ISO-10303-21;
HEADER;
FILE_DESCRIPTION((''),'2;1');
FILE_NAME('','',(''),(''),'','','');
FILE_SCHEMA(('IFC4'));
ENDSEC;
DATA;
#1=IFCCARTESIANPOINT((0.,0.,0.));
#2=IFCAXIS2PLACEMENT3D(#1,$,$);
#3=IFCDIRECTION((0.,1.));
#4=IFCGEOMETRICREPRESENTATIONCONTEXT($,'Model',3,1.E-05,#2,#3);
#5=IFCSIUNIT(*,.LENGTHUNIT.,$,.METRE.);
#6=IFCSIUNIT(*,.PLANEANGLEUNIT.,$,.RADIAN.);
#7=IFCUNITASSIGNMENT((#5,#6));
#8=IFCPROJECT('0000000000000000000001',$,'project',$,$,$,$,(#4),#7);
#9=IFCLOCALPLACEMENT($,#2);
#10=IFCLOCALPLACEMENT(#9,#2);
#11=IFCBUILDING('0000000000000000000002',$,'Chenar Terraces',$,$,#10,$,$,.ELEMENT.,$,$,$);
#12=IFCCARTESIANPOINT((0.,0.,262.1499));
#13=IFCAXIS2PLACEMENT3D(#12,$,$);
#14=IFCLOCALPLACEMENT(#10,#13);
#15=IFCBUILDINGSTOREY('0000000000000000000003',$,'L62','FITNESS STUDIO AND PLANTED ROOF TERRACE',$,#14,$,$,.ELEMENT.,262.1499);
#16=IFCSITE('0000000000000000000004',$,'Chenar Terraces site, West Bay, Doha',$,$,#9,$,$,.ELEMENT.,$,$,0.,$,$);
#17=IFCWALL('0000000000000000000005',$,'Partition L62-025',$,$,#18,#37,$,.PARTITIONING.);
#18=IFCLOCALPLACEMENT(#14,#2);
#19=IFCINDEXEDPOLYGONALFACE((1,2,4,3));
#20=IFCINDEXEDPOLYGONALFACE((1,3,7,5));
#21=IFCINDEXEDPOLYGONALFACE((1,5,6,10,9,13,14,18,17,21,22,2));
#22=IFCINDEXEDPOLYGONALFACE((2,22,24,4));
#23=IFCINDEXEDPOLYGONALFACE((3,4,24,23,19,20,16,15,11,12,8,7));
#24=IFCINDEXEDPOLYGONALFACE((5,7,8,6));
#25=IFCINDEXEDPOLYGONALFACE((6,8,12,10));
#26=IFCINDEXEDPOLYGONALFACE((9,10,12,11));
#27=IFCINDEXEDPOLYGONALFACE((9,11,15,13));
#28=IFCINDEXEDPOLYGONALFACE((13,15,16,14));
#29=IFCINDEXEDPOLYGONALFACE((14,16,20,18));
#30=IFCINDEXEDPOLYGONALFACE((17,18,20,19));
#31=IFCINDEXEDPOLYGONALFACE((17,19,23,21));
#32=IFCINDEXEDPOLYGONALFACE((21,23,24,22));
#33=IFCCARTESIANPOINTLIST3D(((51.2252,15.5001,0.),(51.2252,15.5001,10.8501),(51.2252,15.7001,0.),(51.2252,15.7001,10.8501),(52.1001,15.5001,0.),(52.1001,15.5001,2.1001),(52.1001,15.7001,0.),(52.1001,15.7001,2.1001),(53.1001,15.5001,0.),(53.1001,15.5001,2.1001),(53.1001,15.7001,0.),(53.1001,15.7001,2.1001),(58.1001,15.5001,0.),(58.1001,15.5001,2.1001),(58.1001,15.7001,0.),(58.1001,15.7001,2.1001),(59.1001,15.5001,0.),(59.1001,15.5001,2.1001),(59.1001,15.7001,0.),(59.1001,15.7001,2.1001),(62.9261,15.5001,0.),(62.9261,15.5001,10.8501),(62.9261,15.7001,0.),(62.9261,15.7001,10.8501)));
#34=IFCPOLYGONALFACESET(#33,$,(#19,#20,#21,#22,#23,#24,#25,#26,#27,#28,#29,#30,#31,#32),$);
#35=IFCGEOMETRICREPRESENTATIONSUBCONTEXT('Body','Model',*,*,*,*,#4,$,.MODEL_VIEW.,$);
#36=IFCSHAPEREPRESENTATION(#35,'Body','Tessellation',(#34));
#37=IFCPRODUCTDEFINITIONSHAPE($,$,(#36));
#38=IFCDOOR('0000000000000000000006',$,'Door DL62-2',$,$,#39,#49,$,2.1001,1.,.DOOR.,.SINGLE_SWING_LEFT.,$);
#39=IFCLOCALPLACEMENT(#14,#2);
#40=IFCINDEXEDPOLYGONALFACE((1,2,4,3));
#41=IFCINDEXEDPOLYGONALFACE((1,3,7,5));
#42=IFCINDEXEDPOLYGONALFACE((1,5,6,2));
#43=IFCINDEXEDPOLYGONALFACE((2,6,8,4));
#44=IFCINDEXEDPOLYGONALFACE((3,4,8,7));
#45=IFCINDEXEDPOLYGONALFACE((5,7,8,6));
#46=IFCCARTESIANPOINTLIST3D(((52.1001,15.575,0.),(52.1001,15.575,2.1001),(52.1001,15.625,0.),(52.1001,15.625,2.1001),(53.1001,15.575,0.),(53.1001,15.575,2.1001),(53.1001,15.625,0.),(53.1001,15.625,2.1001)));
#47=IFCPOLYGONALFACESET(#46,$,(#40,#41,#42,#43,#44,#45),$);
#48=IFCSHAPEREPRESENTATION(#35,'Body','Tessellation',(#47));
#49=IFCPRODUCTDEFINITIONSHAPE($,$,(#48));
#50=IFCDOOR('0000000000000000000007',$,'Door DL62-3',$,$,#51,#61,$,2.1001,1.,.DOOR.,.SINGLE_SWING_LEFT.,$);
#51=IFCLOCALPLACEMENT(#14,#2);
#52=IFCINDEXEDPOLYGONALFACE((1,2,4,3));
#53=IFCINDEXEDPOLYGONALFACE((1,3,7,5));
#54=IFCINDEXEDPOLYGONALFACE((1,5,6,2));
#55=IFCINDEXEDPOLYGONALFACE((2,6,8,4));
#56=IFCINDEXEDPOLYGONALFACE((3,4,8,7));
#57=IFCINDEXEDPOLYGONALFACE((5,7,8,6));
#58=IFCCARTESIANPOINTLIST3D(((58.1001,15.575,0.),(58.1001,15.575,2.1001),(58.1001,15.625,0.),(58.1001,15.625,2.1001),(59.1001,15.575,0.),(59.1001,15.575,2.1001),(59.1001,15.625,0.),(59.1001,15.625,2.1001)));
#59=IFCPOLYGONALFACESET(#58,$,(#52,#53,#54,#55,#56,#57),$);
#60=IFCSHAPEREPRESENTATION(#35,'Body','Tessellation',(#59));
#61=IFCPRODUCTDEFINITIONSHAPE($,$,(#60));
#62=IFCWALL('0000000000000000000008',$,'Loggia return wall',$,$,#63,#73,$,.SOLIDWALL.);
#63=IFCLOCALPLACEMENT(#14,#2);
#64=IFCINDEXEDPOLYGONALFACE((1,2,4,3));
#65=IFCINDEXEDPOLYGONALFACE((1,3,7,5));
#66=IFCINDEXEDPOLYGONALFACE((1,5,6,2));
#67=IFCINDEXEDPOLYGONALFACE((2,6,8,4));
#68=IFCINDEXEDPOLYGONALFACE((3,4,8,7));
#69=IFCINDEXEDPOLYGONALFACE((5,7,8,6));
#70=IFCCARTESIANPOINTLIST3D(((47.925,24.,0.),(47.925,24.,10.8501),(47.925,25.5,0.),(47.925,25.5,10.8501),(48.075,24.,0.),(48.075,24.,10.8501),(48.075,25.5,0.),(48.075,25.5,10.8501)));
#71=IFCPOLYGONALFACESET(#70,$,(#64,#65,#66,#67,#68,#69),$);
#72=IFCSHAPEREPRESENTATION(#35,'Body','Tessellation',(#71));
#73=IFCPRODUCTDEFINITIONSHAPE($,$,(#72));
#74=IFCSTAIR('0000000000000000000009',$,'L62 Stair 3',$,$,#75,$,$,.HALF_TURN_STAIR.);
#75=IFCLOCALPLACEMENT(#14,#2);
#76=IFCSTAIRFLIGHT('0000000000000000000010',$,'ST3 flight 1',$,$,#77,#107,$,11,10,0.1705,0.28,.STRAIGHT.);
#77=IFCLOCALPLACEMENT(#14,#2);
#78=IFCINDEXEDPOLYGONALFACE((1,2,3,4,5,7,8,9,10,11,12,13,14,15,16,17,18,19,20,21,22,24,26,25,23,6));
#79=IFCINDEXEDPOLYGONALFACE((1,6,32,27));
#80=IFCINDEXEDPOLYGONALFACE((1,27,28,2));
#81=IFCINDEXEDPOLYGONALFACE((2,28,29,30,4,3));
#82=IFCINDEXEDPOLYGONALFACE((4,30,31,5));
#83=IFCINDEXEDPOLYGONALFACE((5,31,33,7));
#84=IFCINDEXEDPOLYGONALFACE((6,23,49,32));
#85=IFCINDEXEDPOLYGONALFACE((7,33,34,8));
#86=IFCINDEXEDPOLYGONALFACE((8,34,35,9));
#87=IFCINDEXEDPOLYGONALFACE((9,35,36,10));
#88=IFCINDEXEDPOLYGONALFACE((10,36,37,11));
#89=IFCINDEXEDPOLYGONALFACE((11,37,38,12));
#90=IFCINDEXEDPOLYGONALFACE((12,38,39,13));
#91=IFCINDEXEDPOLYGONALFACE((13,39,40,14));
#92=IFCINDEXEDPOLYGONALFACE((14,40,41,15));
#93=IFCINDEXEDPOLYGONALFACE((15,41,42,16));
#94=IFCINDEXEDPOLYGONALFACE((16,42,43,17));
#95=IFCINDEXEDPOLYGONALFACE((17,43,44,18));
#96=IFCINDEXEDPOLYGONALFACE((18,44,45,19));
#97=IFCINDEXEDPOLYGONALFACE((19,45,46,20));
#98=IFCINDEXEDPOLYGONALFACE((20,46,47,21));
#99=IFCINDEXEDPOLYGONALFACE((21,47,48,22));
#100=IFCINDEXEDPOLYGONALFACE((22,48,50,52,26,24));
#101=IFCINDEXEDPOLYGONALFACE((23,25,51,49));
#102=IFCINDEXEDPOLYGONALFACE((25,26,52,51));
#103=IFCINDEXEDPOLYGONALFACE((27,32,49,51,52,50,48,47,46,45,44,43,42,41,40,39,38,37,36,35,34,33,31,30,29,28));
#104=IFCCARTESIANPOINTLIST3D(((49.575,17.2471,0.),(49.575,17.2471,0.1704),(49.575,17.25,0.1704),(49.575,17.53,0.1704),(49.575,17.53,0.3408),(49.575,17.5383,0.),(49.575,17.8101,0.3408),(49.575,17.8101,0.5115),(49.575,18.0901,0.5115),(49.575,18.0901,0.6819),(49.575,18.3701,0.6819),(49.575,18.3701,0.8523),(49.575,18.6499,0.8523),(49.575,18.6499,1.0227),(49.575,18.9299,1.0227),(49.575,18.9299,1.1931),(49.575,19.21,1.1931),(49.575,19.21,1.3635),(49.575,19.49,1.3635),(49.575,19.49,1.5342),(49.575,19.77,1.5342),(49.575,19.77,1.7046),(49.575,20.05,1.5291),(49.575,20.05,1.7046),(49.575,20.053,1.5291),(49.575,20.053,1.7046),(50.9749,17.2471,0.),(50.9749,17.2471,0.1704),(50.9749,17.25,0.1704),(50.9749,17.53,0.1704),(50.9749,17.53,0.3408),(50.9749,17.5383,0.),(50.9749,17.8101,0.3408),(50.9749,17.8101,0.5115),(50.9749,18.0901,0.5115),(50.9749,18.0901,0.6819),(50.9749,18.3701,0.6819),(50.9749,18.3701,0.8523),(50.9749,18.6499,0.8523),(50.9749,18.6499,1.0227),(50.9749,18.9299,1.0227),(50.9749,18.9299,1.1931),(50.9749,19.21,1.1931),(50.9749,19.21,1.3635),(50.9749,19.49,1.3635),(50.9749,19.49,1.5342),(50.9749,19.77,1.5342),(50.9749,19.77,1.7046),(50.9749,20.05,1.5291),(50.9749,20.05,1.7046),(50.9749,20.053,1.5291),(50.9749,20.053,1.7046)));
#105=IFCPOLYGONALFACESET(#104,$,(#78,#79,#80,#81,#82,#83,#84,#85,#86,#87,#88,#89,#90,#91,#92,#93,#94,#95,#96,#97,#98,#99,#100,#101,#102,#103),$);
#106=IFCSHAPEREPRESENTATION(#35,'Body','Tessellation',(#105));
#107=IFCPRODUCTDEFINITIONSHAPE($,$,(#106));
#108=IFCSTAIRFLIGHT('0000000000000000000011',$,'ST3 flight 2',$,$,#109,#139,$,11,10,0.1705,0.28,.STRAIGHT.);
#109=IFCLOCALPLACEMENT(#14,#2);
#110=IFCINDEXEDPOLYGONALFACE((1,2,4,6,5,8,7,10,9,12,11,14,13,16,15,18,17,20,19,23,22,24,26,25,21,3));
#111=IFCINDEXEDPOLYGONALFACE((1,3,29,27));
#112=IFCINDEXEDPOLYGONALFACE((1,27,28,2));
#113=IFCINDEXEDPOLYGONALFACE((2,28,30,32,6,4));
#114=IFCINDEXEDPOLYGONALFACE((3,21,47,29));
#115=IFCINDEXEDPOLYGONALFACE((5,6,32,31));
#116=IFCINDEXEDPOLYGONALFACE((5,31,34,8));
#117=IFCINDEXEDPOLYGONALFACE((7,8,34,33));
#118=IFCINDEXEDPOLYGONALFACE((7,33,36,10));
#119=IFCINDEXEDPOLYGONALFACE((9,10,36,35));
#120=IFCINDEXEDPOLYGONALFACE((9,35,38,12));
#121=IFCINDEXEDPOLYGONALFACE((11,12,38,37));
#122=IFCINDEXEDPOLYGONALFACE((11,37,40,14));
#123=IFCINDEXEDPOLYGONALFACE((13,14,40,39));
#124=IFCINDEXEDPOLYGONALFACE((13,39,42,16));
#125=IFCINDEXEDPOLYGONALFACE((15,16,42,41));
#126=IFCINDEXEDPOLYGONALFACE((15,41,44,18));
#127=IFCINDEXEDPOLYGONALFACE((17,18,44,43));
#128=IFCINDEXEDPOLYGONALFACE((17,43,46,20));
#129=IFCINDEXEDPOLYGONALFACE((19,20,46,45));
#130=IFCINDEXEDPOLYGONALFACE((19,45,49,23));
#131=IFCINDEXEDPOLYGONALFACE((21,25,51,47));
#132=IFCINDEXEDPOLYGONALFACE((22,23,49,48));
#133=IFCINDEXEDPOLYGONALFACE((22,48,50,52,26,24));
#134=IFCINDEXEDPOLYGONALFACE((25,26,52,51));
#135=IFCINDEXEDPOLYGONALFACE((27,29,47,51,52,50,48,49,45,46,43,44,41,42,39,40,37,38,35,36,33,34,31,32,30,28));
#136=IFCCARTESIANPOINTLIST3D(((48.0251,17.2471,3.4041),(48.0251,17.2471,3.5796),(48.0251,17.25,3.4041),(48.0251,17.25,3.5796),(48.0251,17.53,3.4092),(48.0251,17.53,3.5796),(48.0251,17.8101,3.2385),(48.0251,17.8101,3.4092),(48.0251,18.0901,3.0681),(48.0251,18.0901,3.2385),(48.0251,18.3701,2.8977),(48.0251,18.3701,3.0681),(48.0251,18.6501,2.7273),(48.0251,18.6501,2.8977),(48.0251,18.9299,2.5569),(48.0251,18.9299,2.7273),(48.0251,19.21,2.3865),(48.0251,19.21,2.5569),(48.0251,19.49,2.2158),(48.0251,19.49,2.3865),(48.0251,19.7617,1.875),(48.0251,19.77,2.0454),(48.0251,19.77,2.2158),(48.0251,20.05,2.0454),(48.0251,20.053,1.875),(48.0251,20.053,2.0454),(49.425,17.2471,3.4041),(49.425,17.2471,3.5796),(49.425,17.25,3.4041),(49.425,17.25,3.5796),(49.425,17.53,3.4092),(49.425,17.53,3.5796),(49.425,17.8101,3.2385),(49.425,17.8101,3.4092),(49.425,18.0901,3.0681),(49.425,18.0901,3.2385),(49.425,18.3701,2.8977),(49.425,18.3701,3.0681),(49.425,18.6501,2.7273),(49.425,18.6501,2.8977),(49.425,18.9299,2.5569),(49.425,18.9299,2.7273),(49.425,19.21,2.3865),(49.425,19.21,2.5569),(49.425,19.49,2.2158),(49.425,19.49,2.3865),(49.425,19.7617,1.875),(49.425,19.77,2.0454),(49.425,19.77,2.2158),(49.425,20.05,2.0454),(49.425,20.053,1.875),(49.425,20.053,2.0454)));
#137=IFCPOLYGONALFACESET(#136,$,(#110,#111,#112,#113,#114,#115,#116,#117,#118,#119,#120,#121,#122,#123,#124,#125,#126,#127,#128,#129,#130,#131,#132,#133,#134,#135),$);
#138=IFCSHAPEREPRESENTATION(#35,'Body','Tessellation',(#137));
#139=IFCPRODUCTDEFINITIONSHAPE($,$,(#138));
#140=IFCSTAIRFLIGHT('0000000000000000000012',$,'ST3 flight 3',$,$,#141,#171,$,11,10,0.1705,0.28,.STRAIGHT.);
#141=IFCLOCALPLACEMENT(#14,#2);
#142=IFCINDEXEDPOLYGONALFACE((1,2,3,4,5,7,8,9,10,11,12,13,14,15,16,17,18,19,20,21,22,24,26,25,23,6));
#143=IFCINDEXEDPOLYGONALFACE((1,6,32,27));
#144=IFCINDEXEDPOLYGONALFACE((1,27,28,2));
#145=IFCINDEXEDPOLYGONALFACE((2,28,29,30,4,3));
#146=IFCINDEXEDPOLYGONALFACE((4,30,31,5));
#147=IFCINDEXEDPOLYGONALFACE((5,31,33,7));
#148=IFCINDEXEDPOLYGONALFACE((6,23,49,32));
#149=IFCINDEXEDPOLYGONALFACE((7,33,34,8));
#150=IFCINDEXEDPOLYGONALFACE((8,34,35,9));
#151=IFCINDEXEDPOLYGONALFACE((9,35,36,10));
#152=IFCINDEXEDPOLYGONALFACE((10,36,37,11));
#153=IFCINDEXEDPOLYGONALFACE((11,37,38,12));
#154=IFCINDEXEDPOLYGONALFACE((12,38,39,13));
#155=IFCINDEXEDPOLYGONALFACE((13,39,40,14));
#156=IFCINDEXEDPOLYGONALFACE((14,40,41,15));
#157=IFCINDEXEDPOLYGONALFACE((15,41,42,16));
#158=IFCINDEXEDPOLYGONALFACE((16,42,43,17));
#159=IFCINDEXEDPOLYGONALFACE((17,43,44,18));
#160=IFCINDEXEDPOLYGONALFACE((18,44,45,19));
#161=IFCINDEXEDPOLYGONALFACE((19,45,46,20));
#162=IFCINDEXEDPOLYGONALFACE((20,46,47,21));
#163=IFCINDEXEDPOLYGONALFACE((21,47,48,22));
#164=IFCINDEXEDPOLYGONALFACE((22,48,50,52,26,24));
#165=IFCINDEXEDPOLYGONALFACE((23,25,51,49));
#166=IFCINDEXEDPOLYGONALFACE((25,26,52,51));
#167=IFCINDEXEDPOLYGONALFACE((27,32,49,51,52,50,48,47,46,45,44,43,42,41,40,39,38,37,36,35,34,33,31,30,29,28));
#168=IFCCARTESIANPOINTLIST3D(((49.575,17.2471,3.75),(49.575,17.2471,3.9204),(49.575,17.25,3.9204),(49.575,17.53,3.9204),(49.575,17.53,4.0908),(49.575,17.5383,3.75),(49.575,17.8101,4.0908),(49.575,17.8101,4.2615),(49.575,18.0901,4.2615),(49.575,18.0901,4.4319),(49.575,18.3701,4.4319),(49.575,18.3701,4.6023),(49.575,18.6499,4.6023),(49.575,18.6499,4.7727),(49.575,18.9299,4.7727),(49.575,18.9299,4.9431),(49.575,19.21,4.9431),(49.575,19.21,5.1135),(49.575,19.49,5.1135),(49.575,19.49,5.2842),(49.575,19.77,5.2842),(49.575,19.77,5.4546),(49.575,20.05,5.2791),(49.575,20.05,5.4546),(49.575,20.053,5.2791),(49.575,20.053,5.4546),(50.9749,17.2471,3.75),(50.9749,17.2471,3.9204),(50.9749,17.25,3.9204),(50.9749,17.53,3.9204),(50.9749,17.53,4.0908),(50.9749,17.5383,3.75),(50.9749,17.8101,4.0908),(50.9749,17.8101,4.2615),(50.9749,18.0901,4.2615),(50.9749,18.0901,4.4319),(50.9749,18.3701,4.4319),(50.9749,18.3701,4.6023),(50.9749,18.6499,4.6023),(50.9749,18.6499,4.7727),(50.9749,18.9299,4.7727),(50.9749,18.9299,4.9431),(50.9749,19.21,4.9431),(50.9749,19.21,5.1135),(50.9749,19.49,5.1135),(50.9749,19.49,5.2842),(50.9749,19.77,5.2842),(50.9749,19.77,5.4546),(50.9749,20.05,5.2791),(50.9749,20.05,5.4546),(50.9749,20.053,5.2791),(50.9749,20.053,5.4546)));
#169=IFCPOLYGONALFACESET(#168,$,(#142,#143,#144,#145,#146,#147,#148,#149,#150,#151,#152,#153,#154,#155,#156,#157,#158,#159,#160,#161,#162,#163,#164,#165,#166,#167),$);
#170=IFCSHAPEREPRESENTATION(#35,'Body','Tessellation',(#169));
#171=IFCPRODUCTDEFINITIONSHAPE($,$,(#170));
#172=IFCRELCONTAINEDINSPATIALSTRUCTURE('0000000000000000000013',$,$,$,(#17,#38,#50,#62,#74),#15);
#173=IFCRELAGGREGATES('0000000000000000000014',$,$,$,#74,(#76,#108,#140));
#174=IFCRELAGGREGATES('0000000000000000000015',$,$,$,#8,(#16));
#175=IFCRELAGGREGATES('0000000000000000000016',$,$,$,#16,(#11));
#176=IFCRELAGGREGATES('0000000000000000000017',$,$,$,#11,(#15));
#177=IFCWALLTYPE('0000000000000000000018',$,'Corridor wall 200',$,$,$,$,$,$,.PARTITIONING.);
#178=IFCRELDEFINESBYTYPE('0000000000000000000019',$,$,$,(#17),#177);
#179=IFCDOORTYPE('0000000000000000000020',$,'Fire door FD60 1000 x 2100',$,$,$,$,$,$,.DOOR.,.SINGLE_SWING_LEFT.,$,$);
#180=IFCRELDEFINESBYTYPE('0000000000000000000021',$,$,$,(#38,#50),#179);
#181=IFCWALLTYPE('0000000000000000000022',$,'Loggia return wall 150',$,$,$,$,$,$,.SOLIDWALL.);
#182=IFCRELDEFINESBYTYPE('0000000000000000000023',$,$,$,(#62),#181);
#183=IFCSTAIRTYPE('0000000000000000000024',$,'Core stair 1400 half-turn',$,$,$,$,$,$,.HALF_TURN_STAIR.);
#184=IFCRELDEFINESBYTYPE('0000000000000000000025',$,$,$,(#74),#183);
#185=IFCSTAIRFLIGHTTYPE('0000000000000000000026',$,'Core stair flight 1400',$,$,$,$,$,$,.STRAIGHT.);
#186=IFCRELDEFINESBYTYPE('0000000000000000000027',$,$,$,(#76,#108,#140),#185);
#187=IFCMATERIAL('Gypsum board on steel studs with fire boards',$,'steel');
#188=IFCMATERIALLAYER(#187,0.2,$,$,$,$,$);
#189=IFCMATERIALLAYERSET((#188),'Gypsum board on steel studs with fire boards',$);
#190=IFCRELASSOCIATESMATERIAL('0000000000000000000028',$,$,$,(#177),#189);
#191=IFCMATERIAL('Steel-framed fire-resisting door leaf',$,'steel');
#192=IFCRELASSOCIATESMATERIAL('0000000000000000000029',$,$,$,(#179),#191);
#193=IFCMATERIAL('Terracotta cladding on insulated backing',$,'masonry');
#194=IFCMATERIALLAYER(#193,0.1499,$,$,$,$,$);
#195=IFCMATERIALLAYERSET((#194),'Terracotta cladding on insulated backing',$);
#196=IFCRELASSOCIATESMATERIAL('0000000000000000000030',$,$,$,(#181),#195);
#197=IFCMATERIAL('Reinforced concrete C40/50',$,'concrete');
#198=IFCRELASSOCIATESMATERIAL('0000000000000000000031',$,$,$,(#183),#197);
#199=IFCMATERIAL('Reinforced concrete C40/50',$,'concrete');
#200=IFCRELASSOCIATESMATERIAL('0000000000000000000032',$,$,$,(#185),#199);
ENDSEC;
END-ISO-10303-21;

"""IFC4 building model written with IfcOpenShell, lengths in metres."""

from ifc_helpers import new_model, si_unit, direction, frame, frame_2d, origin, place, context, subcontext, project, spatial, polyline, rectangle, outline, extrude, material, layer, layer_set, type_object, element, fill, aggregate, save


model = new_model("IFC4")

# Units and contexts
model_context = context("Model", 3, precision=1e-05, world=origin(), true_north=direction((0.0, 1.0)))
body_context = subcontext(model_context, "Body", "Model", "MODEL_VIEW")
ifc_project = project(units=[si_unit("LENGTHUNIT", "METRE"), si_unit("PLANEANGLEUNIT", "RADIAN")], contexts=[model_context])

# Site, building, storey
site_placement = place(None, origin())
site = spatial("IfcSite", under=ifc_project, at=site_placement, Name="Chenar Terraces site, West Bay, Doha", CompositionType="ELEMENT", RefElevation=0.0)
building_placement = place(site_placement, origin())
building = spatial("IfcBuilding", under=site, at=building_placement, Name="Chenar Terraces", CompositionType="ELEMENT")
storey_placement = place(building_placement, frame((0.0, 0.0, 262.1499)))
storey = spatial("IfcBuildingStorey", under=building, at=storey_placement, Name="L62", Description="FITNESS STUDIO AND PLANTED ROOF TERRACE", CompositionType="ELEMENT", Elevation=262.1499)

# Shared definitions
placement = place(storey_placement, origin())

# Wall, openings, doors
ifc_material_1 = material(Name="Gypsum board on steel studs with fire boards", Category="steel")
ifc_layer_1 = layer(ifc_material_1, 0.2)
ifc_layer_set_1 = layer_set([ifc_layer_1], Name="Gypsum board on steel studs with fire boards")
wall_type_1 = type_object("IfcWallType", Name="Corridor wall 200", PredefinedType="PARTITIONING", material=ifc_layer_set_1)
wall_1_placement = place(storey_placement, frame((51.2251, 15.6001, 0.0), z_axis=(0.0, 0.0, 1.0), x_axis=(1.0, 0.0, 0.0)))
wall_1 = element("IfcWall", 1, at=wall_1_placement, inside=storey, type_object=wall_type_1, Name="Partition L62-025", PredefinedType="PARTITIONING", context=body_context, shape_type="SweptSolid", body=[
    extrude(rectangle(XDim=11.7009, YDim=0.2, at=frame_2d((5.8506, 0.0))), origin(), (0.0, 0.0, 1.0), 10.8501),
])
opening_1_placement = place(wall_1_placement, frame((0.875, 0.0, 0.0)))
opening_1 = element("IfcOpeningElement", 2, at=opening_1_placement, cuts=wall_1, PredefinedType="OPENING", context=body_context, shape_type="SweptSolid", body=[
    extrude(rectangle(XDim=1.0, YDim=2.1001, at=frame_2d((0.5, 1.05))), frame((0.0, 0.1099, 0.0), z_axis=(0.0, -1.0, 0.0), x_axis=(1.0, 0.0, 0.0)), (0.0, 0.0, 1.0), 0.22),
])
opening_2_placement = place(wall_1_placement, frame((6.875, 0.0, 0.0)))
opening_2 = element("IfcOpeningElement", 3, at=opening_2_placement, cuts=wall_1, PredefinedType="OPENING", context=body_context, shape_type="SweptSolid", body=[
    extrude(rectangle(XDim=1.0, YDim=2.1001, at=frame_2d((0.5, 1.05))), frame((0.0, 0.1099, 0.0), z_axis=(0.0, -1.0, 0.0), x_axis=(1.0, 0.0, 0.0)), (0.0, 0.0, 1.0), 0.22),
])
ifc_material_2 = material(Name="Steel-framed fire-resisting door leaf", Category="steel")
door_type = type_object("IfcDoorType", Name="Fire door FD60 1000 x 2100", OperationType="SINGLE_SWING_LEFT", PredefinedType="DOOR", material=ifc_material_2)
door_1_placement = place(opening_1_placement, origin())
door_1 = element("IfcDoor", 4, at=door_1_placement, inside=storey, type_object=door_type, Name="Door DL62-2", OperationType="SINGLE_SWING_LEFT", OverallHeight=2.1001, OverallWidth=1.0, PredefinedType="DOOR", context=body_context, shape_type="SweptSolid", body=[
    extrude(rectangle(XDim=1.0, YDim=2.1001, at=frame_2d((0.5, 1.05))), frame((0.0, 0.0249, 0.0), z_axis=(0.0, -1.0, 0.0), x_axis=(1.0, 0.0, 0.0)), (0.0, 0.0, 1.0), 0.05),
])
fill(opening_1, door_1)
door_2_placement = place(opening_2_placement, origin())
door_2 = element("IfcDoor", 5, at=door_2_placement, inside=storey, type_object=door_type, Name="Door DL62-3", OperationType="SINGLE_SWING_LEFT", OverallHeight=2.1001, OverallWidth=1.0, PredefinedType="DOOR", context=body_context, shape_type="SweptSolid", body=[
    extrude(rectangle(XDim=1.0, YDim=2.1001, at=frame_2d((0.5, 1.05))), frame((0.0, 0.0249, 0.0), z_axis=(0.0, -1.0, 0.0), x_axis=(1.0, 0.0, 0.0)), (0.0, 0.0, 1.0), 0.05),
])
fill(opening_2, door_2)

# Wall
ifc_material_3 = material(Name="Terracotta cladding on insulated backing", Category="masonry")
ifc_layer_2 = layer(ifc_material_3, 0.1499)
ifc_layer_set_2 = layer_set([ifc_layer_2], Name="Terracotta cladding on insulated backing")
wall_type_2 = type_object("IfcWallType", Name="Loggia return wall 150", PredefinedType="SOLIDWALL", material=ifc_layer_set_2)
wall_2_placement = place(storey_placement, frame((48.0, 25.5, 0.0), z_axis=(0.0, 0.0, 1.0), x_axis=(0.0, -1.0, 0.0)))
element("IfcWall", 6, at=wall_2_placement, inside=storey, type_object=wall_type_2, Name="Loggia return wall", PredefinedType="SOLIDWALL", context=body_context, shape_type="SweptSolid", body=[
    extrude(rectangle(XDim=1.5, YDim=0.1499, at=frame_2d((0.75, 0.0))), origin(), (0.0, 0.0, 1.0), 10.8501),
])

# Stair, stair flights
ifc_material_4 = material(Name="Reinforced concrete C40/50", Category="concrete")
stair_type = type_object("IfcStairType", Name="Core stair 1400 half-turn", PredefinedType="HALF_TURN_STAIR", material=ifc_material_4)
stair = element("IfcStair", 7, at=placement, inside=storey, type_object=stair_type, Name="L62 Stair 3", PredefinedType="HALF_TURN_STAIR")
ifc_material_5 = material(Name="Reinforced concrete C40/50", Category="concrete")
stair_flight_type = type_object("IfcStairFlightType", Name="Core stair flight 1400", PredefinedType="STRAIGHT", material=ifc_material_5)
stair_flight_1_placement = place(storey_placement, frame((50.2749, 17.25, 0.0), z_axis=(0.0, 0.0, 1.0), x_axis=(0.0, 1.0, 0.0)))
stair_flight_1 = element("IfcStairFlight", 8, at=stair_flight_1_placement, type_object=stair_flight_type, Name="ST3 flight 1", NumberOfRisers=11, NumberOfTreads=10, PredefinedType="STRAIGHT", RiserHeight=0.1705, TreadLength=0.28, context=body_context, shape_type="SweptSolid", body=[
    extrude(outline(polyline([(-0.0029, 0.0), (-0.0029, 0.1704), (0.0, 0.1704), (0.28, 0.1704), (0.28, 0.3408), (0.5601, 0.3408), (0.5601, 0.5115), (0.8401, 0.5115), (0.8401, 0.6819), (1.1201, 0.6819), (1.1201, 0.8523), (1.3999, 0.8523), (1.3999, 1.0227), (1.6799, 1.0227), (1.6799, 1.1931), (1.96, 1.1931), (1.96, 1.3635), (2.24, 1.3635), (2.24, 1.5342), (2.52, 1.5342), (2.52, 1.7046), (2.8, 1.7046), (2.803, 1.7046), (2.803, 1.5291), (2.8, 1.5291), (0.2883, 0.0), (-0.0029, 0.0)])), frame((0.0, 0.7, 0.0), z_axis=(0.0, -1.0, 0.0), x_axis=(1.0, 0.0, 0.0)), (0.0, 0.0, 1.0), 1.3999),
])
stair_flight_2_placement = place(storey_placement, frame((48.7251, 20.05, 1.875), z_axis=(0.0, 0.0, 1.0), x_axis=(0.0, -1.0, 0.0)))
stair_flight_2 = element("IfcStairFlight", 9, at=stair_flight_2_placement, type_object=stair_flight_type, Name="ST3 flight 2", NumberOfRisers=11, NumberOfTreads=10, PredefinedType="STRAIGHT", RiserHeight=0.1705, TreadLength=0.28, context=body_context, shape_type="SweptSolid", body=[
    extrude(outline(polyline([(-0.0029, 0.0), (-0.0029, 0.1704), (0.0, 0.1704), (0.28, 0.1704), (0.28, 0.3408), (0.5601, 0.3408), (0.5601, 0.5115), (0.8401, 0.5115), (0.8401, 0.6819), (1.1201, 0.6819), (1.1201, 0.8523), (1.3999, 0.8523), (1.3999, 1.0227), (1.6799, 1.0227), (1.6799, 1.1931), (1.96, 1.1931), (1.96, 1.3635), (2.24, 1.3635), (2.24, 1.5342), (2.52, 1.5342), (2.52, 1.7046), (2.8, 1.7046), (2.803, 1.7046), (2.803, 1.5291), (2.8, 1.5291), (0.2883, 0.0), (-0.0029, 0.0)])), frame((0.0, 0.7, 0.0), z_axis=(0.0, -1.0, 0.0), x_axis=(1.0, 0.0, 0.0)), (0.0, 0.0, 1.0), 1.3999),
])
stair_flight_3_placement = place(storey_placement, frame((50.2749, 17.25, 3.75), z_axis=(0.0, 0.0, 1.0), x_axis=(0.0, 1.0, 0.0)))
stair_flight_3 = element("IfcStairFlight", 10, at=stair_flight_3_placement, type_object=stair_flight_type, Name="ST3 flight 3", NumberOfRisers=11, NumberOfTreads=10, PredefinedType="STRAIGHT", RiserHeight=0.1705, TreadLength=0.28, context=body_context, shape_type="SweptSolid", body=[
    extrude(outline(polyline([(-0.0029, 0.0), (-0.0029, 0.1704), (0.0, 0.1704), (0.28, 0.1704), (0.28, 0.3408), (0.5601, 0.3408), (0.5601, 0.5115), (0.8401, 0.5115), (0.8401, 0.6819), (1.1201, 0.6819), (1.1201, 0.8523), (1.3999, 0.8523), (1.3999, 1.0227), (1.6799, 1.0227), (1.6799, 1.1931), (1.96, 1.1931), (1.96, 1.3635), (2.24, 1.3635), (2.24, 1.5342), (2.52, 1.5342), (2.52, 1.7046), (2.8, 1.7046), (2.803, 1.7046), (2.803, 1.5291), (2.8, 1.5291), (0.2883, 0.0), (-0.0029, 0.0)])), frame((0.0, 0.7, 0.0), z_axis=(0.0, -1.0, 0.0), x_axis=(1.0, 0.0, 0.0)), (0.0, 0.0, 1.0), 1.3999),
])
aggregate(stair, [stair_flight_1, stair_flight_2, stair_flight_3])

save(model, "model.ifc")
